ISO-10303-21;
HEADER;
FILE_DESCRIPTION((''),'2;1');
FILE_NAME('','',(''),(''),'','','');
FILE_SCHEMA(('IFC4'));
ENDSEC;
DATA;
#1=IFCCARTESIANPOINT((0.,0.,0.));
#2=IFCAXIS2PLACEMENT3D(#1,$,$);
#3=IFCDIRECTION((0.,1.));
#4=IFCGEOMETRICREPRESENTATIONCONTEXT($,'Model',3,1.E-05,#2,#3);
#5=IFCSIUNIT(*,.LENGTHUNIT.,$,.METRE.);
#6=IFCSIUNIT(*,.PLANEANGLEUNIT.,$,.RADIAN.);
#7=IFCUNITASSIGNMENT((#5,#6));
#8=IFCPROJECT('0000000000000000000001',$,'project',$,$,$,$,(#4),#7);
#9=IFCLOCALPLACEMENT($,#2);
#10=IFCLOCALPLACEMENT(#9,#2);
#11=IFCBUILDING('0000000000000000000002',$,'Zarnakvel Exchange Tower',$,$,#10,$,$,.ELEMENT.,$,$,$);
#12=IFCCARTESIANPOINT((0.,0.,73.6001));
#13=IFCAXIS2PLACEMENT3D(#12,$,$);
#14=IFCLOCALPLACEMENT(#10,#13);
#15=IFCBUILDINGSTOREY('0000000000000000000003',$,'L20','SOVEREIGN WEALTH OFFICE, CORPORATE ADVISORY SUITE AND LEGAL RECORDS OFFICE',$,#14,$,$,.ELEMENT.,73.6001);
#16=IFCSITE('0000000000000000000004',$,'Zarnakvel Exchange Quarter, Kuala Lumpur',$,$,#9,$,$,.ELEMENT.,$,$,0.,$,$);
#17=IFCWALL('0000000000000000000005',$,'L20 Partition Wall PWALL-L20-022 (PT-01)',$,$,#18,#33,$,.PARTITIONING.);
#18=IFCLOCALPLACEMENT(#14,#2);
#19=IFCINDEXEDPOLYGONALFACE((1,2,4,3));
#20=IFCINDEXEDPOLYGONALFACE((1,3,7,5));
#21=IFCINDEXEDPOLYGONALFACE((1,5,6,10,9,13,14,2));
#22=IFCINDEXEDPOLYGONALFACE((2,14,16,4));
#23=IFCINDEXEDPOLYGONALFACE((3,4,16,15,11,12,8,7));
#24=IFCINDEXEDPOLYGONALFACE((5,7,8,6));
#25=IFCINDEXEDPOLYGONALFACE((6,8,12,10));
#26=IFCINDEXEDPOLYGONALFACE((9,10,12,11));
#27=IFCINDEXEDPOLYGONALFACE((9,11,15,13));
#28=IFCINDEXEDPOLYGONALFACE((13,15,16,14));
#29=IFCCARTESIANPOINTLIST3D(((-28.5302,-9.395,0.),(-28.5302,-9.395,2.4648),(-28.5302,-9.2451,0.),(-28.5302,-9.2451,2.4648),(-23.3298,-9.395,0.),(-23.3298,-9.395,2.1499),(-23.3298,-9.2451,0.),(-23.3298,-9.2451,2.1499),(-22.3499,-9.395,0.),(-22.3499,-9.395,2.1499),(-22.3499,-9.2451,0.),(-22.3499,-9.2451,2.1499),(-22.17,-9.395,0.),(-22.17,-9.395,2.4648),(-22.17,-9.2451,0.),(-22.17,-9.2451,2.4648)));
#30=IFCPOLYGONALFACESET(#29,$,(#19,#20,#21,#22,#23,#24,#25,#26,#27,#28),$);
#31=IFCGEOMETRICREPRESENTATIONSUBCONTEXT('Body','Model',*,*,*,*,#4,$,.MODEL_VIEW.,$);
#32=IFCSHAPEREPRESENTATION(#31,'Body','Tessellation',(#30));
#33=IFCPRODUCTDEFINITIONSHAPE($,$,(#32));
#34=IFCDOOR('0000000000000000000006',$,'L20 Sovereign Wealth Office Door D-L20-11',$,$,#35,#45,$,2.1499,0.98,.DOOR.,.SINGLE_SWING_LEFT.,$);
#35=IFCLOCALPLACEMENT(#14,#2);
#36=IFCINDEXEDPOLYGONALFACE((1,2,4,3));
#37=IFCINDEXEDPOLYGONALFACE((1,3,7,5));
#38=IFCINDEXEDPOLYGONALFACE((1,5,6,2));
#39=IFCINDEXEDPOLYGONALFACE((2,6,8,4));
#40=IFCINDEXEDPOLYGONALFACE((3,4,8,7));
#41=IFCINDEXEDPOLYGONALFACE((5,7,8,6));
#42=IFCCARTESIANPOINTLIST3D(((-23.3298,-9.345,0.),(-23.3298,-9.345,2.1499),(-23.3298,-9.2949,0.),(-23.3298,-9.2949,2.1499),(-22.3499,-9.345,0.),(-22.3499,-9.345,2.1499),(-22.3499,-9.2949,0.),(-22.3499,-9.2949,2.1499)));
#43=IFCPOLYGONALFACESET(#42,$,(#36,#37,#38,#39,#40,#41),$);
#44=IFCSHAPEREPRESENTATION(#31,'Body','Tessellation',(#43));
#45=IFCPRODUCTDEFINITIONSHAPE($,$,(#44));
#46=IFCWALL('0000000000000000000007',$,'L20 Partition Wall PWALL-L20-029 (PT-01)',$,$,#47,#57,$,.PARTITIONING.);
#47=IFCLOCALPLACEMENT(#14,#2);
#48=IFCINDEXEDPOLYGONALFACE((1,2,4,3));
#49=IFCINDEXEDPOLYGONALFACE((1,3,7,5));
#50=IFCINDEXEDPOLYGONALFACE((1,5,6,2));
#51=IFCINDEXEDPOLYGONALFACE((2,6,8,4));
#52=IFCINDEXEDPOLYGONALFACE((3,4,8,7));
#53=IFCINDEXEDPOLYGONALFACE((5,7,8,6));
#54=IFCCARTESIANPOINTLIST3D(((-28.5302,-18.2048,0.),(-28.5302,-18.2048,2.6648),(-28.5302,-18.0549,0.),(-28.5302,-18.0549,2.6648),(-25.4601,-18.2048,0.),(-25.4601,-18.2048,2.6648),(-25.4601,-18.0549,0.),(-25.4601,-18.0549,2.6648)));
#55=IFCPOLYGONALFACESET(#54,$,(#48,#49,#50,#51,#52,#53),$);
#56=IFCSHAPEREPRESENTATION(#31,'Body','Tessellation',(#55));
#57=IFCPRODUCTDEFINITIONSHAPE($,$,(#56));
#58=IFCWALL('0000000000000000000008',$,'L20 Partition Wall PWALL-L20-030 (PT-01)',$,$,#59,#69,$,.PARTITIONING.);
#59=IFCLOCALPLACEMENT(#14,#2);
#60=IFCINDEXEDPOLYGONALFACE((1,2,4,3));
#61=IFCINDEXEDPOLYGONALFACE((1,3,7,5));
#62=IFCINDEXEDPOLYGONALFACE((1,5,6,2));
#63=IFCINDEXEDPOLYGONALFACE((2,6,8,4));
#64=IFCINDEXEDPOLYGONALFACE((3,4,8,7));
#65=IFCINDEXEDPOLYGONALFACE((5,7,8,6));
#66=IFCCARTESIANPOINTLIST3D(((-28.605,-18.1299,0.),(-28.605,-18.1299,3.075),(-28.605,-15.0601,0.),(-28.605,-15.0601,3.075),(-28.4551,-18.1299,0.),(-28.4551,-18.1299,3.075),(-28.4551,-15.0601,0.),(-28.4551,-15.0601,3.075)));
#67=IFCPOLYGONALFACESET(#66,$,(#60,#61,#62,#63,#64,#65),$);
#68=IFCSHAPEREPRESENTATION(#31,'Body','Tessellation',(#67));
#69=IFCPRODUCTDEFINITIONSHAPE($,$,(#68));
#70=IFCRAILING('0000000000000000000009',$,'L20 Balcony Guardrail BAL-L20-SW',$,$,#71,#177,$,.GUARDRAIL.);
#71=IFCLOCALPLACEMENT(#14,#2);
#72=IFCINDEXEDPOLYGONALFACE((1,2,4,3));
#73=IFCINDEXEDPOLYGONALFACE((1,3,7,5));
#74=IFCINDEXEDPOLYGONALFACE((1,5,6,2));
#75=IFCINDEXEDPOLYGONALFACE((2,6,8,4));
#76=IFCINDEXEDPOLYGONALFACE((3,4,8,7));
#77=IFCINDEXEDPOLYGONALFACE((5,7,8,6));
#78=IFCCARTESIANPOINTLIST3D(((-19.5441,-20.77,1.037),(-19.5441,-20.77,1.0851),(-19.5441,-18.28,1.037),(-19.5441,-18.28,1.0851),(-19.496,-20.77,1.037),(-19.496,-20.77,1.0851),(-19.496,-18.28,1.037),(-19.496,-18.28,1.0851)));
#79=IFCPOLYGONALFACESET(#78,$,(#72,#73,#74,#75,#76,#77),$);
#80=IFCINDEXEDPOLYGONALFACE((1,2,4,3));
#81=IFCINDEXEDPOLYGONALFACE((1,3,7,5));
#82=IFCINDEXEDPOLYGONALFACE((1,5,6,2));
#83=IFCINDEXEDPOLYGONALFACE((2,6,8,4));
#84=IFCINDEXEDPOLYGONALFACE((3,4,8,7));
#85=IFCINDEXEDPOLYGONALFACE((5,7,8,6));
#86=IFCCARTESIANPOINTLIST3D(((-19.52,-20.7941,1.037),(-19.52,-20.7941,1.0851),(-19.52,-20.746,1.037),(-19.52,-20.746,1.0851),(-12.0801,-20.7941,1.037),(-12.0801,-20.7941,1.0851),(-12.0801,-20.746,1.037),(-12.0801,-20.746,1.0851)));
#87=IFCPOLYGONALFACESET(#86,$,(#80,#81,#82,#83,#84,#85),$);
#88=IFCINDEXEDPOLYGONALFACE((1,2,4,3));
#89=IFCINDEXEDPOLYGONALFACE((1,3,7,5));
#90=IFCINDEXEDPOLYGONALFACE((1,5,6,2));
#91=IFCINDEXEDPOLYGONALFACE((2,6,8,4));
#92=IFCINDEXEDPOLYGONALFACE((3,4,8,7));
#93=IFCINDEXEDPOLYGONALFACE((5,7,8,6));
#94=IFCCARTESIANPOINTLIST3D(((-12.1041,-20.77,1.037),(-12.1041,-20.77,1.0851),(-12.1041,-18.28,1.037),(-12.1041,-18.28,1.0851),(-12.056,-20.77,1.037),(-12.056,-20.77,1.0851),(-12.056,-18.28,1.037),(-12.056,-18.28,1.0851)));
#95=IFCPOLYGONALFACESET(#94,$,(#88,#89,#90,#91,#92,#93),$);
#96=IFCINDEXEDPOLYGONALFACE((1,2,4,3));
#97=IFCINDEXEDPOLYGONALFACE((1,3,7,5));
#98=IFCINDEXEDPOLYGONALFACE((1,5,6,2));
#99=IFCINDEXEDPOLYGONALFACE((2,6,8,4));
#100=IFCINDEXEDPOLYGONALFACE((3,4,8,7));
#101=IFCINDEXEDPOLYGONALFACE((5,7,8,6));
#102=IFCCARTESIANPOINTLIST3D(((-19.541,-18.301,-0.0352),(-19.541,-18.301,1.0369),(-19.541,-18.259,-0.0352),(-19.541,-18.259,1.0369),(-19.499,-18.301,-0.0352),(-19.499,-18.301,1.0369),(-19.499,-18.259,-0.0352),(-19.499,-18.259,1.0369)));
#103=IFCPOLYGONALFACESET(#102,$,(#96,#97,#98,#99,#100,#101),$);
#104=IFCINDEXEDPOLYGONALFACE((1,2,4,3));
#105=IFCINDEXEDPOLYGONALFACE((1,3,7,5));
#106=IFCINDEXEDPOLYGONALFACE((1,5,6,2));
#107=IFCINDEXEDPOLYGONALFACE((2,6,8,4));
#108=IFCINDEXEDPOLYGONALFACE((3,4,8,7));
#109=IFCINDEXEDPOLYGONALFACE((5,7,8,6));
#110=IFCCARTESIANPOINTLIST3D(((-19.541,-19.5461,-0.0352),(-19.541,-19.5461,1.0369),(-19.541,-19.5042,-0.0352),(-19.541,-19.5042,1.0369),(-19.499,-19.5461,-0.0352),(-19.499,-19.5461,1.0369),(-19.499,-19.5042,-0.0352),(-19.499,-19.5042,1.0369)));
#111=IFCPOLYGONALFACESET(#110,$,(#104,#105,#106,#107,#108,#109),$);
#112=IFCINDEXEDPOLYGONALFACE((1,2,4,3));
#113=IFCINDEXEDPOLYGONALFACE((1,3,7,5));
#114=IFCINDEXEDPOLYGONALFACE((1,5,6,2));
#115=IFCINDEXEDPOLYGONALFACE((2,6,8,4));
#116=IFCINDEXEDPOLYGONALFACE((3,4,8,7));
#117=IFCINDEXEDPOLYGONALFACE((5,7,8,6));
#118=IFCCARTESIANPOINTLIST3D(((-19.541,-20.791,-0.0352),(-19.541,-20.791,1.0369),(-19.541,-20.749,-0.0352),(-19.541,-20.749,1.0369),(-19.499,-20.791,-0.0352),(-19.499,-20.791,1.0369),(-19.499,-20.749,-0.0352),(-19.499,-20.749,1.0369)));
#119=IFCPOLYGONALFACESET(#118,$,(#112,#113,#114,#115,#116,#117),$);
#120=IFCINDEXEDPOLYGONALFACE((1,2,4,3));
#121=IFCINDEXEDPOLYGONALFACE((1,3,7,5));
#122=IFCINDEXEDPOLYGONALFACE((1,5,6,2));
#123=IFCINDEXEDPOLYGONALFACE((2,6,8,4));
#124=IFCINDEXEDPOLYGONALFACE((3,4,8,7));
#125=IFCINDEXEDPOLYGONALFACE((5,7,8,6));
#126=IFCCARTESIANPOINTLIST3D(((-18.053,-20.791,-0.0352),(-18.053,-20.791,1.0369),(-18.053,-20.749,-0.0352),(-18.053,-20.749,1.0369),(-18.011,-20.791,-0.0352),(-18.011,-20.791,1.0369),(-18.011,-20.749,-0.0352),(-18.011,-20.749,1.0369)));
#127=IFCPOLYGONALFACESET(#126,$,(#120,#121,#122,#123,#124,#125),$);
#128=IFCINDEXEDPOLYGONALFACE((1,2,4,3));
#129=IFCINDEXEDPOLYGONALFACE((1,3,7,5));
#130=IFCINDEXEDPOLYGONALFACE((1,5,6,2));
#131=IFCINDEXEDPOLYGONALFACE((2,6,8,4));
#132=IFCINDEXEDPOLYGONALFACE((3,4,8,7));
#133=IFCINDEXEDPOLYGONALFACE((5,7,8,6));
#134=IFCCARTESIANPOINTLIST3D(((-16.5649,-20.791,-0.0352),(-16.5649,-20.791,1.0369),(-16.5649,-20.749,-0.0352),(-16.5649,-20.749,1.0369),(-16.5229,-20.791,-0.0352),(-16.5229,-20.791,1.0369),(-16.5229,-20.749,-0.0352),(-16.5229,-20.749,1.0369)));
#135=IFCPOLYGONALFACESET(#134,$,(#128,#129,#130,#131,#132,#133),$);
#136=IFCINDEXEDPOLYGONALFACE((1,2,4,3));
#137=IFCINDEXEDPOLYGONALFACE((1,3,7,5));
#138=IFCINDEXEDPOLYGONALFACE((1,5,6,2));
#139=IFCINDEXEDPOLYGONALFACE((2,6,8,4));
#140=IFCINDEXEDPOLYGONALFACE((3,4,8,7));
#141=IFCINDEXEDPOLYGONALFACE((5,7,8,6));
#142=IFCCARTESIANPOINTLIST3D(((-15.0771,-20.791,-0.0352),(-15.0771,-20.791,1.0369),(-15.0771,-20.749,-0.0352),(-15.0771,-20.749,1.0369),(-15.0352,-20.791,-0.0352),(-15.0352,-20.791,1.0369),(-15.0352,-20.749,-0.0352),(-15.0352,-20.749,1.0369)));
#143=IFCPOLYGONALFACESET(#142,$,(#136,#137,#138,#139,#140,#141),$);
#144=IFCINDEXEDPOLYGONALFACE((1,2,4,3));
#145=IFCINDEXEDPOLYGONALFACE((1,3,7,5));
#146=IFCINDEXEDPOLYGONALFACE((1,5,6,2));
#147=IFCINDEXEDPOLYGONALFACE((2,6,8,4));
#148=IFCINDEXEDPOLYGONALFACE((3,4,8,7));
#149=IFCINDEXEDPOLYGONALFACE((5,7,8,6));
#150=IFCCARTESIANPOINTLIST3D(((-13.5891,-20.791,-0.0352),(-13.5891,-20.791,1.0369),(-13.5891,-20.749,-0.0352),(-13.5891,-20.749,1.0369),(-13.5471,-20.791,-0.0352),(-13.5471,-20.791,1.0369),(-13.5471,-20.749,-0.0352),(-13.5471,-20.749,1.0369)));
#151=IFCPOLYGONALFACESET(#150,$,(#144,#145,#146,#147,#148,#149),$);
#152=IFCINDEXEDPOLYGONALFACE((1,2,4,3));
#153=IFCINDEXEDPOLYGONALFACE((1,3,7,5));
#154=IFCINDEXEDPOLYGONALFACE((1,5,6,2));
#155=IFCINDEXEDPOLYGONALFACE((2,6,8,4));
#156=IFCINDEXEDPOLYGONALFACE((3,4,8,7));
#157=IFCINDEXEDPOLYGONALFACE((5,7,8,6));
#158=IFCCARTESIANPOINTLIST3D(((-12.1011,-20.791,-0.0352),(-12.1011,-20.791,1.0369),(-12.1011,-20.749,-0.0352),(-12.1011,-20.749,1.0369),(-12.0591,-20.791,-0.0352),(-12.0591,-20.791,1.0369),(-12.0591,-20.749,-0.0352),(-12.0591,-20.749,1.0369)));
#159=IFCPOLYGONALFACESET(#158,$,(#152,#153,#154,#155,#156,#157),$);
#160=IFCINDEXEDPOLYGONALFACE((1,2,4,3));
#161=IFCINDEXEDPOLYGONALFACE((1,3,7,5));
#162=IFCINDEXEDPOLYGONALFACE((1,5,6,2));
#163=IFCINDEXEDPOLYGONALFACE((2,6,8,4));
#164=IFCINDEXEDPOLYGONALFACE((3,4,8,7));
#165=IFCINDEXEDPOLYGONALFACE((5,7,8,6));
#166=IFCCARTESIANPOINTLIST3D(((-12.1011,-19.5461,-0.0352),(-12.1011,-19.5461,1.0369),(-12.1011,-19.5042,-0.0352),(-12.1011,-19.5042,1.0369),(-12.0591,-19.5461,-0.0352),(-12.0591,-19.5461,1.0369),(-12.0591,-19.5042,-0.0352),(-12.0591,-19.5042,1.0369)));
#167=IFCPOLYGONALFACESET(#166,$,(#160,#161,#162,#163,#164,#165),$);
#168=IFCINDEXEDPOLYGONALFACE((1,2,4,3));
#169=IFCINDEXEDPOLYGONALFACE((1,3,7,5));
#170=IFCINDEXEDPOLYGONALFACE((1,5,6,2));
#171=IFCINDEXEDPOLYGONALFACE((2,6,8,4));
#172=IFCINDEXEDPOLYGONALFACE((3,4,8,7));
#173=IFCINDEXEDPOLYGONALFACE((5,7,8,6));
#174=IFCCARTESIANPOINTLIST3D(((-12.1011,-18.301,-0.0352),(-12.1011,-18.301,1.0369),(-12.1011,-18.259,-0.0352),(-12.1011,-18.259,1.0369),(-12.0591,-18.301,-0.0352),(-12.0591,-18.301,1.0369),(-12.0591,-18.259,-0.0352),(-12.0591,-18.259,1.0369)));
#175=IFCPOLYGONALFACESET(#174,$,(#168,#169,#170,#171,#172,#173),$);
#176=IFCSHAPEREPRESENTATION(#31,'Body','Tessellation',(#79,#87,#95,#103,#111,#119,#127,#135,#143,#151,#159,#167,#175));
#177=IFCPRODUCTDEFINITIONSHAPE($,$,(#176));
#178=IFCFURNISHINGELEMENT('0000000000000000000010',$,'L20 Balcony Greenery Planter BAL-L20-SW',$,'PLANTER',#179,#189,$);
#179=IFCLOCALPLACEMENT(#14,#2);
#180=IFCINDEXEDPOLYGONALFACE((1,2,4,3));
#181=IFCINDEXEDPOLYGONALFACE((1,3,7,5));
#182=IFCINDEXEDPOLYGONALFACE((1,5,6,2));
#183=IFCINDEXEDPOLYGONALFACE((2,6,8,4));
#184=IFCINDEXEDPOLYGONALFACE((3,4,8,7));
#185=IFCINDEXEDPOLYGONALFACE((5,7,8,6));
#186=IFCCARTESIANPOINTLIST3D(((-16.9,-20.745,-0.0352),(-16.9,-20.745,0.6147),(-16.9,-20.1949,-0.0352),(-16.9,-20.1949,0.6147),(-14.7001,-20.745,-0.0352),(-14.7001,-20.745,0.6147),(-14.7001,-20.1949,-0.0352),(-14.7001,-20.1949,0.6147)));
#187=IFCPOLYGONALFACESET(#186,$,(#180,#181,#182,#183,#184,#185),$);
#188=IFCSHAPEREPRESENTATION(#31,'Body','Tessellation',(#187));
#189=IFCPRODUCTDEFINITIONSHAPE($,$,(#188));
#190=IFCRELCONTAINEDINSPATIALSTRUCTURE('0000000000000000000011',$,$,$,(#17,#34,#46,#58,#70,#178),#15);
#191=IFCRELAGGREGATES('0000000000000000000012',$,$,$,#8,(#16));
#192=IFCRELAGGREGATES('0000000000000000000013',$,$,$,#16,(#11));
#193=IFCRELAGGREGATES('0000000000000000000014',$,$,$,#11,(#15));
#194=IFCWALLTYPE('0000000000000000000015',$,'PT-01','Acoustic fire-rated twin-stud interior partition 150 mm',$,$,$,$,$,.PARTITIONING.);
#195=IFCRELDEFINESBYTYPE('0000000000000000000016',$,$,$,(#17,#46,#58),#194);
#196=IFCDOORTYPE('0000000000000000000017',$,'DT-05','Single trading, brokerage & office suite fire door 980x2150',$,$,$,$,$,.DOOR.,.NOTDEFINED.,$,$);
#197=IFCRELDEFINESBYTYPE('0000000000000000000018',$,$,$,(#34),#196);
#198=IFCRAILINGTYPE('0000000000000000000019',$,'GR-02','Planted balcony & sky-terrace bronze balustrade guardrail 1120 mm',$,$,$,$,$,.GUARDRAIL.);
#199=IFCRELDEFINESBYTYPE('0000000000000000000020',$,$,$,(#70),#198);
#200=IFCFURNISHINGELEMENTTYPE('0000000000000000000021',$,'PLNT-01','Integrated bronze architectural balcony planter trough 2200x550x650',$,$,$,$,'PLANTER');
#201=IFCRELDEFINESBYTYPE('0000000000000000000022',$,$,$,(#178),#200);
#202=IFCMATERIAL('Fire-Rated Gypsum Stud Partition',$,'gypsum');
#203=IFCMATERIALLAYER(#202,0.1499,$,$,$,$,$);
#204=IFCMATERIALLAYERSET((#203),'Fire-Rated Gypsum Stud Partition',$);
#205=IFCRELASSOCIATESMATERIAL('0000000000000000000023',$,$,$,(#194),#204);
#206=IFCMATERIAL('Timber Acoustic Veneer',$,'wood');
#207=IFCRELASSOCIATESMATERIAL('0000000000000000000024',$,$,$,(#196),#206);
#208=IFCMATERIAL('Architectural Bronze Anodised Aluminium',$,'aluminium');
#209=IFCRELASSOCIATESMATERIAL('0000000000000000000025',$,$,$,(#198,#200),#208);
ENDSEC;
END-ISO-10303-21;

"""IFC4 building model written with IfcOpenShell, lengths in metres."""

from ifc_helpers import new_model, si_unit, direction, frame, frame_2d, origin, origin_2d, place, context, subcontext, project, spatial, rectangle, extrude, source, transform, mapped, material, layer, layer_set, type_object, element, fill, save


model = new_model("IFC4")

# Units and contexts
model_context = context("Model", 3, precision=1e-05, world=origin(), true_north=direction((0.0, 1.0)))
body_context = subcontext(model_context, "Body", "Model", "MODEL_VIEW")
ifc_project = project(units=[si_unit("LENGTHUNIT", "METRE"), si_unit("PLANEANGLEUNIT", "RADIAN")], contexts=[model_context])

# Site, building, storey
site_placement = place(None, origin())
site = spatial("IfcSite", under=ifc_project, at=site_placement, Name="Zarnakvel Exchange Quarter, Kuala Lumpur", CompositionType="ELEMENT", RefElevation=0.0)
building_placement = place(site_placement, origin())
building = spatial("IfcBuilding", under=site, at=building_placement, Name="Zarnakvel Exchange Tower", CompositionType="ELEMENT")
storey_placement = place(building_placement, frame((0.0, 0.0, 73.6001)))
storey = spatial("IfcBuildingStorey", under=building, at=storey_placement, Name="L20", Description="SOVEREIGN WEALTH OFFICE, CORPORATE ADVISORY SUITE AND LEGAL RECORDS OFFICE", CompositionType="ELEMENT", Elevation=73.6001)

# Wall, opening, door
ifc_material_1 = material(Name="Fire-Rated Gypsum Stud Partition", Category="gypsum")
ifc_layer_1 = layer(ifc_material_1, 0.1499)
ifc_layer_set_1 = layer_set([ifc_layer_1], Name="Fire-Rated Gypsum Stud Partition")
wall_type_1 = type_object("IfcWallType", Name="PT-01", Description="Acoustic fire-rated twin-stud interior partition 150 mm", PredefinedType="PARTITIONING", material=ifc_layer_set_1)
wall_1_placement = place(storey_placement, frame((-22.1699, -9.3201, 0.0), z_axis=(0.0, 0.0, 1.0), x_axis=(-1.0, 0.0, 0.0)))
wall_1 = element("IfcWall", 1, at=wall_1_placement, inside=storey, type_object=wall_type_1, Name="L20 Partition Wall PWALL-L20-022 (PT-01)", PredefinedType="PARTITIONING", context=body_context, shape_type="SweptSolid", body=[
    extrude(rectangle(XDim=6.3601, YDim=0.1499, at=frame_2d((3.1802, 0.0))), origin(), (0.0, 0.0, 1.0), 2.4648),
])
opening_placement = place(wall_1_placement, frame((0.1799, 0.0, 0.0)))
opening = element("IfcOpeningElement", 2, at=opening_placement, cuts=wall_1, PredefinedType="OPENING", context=body_context, shape_type="SweptSolid", body=[
    extrude(rectangle(XDim=0.98, YDim=2.1499, at=frame_2d((0.49, 1.075))), frame((0.0, 0.085, 0.0), z_axis=(0.0, -1.0, 0.0), x_axis=(1.0, 0.0, 0.0)), (0.0, 0.0, 1.0), 0.1699),
])
ifc_material_2 = material(Name="Timber Acoustic Veneer", Category="wood")
door_type = type_object("IfcDoorType", Name="DT-05", Description="Single trading, brokerage & office suite fire door 980x2150", OperationType="NOTDEFINED", PredefinedType="DOOR", material=ifc_material_2)
shared_shape_1 = source(origin(), body_context, "Body", "SweptSolid", [
    extrude(rectangle(XDim=0.98, YDim=2.1499, at=frame_2d((0.49, 1.075))), frame((0.0, 0.0249, 0.0), z_axis=(0.0, -1.0, 0.0), x_axis=(1.0, 0.0, 0.0)), (0.0, 0.0, 1.0), 0.05),
])
door_placement = place(opening_placement, origin())
door = element("IfcDoor", 3, at=door_placement, inside=storey, type_object=door_type, Name="L20 Sovereign Wealth Office Door D-L20-11", OperationType="SINGLE_SWING_LEFT", OverallHeight=2.1499, OverallWidth=0.98, PredefinedType="DOOR", context=body_context, shape_type="MappedRepresentation", body=[
    mapped(shared_shape_1, transform((0.0, 0.0, 0.0), x_axis=(1.0, 0.0, 0.0), y_axis=(0.0, 1.0, 0.0), z_axis=(0.0, 0.0, 1.0), scale=1.0)),
])
fill(opening, door)

# Walls
wall_2_placement = place(storey_placement, frame((-25.46, -18.1299, 0.0), z_axis=(0.0, 0.0, 1.0), x_axis=(-1.0, 0.0, 0.0)))
element("IfcWall", 4, at=wall_2_placement, inside=storey, type_object=wall_type_1, Name="L20 Partition Wall PWALL-L20-029 (PT-01)", PredefinedType="PARTITIONING", context=body_context, shape_type="SweptSolid", body=[
    extrude(rectangle(XDim=3.0701, YDim=0.1499, at=frame_2d((1.5352, 0.0))), origin(), (0.0, 0.0, 1.0), 2.6648),
])
wall_3_placement = place(storey_placement, frame((-28.53, -18.1299, 0.0), z_axis=(0.0, 0.0, 1.0), x_axis=(0.0, 1.0, 0.0)))
element("IfcWall", 5, at=wall_3_placement, inside=storey, type_object=wall_type_1, Name="L20 Partition Wall PWALL-L20-030 (PT-01)", PredefinedType="PARTITIONING", context=body_context, shape_type="SweptSolid", body=[
    extrude(rectangle(XDim=3.0698, YDim=0.1499, at=frame_2d((1.5349, 0.0))), origin(), (0.0, 0.0, 1.0), 3.075),
])

# Railing
ifc_material_3 = material(Name="Architectural Bronze Anodised Aluminium", Category="aluminium")
railing_type = type_object("IfcRailingType", Name="GR-02", Description="Planted balcony & sky-terrace bronze balustrade guardrail 1120 mm", PredefinedType="GUARDRAIL", material=ifc_material_3)
railing_placement = place(storey_placement, frame((-19.52, -18.28, -0.0352)))
element("IfcRailing", 6, at=railing_placement, inside=storey, type_object=railing_type, Name="L20 Balcony Guardrail BAL-L20-SW", PredefinedType="GUARDRAIL", context=body_context, shape_type="SweptSolid", body=[
    extrude(rectangle(XDim=0.0481, YDim=0.0481, at=origin_2d()), frame((0.0, 0.0, 1.0962), z_axis=(0.0, -1.0, 0.0), x_axis=(1.0, 0.0, 0.0)), (0.0, 0.0, 1.0), 2.49),
    extrude(rectangle(XDim=0.0481, YDim=0.0481, at=origin_2d()), frame((0.0, -2.49, 1.0962), z_axis=(1.0, 0.0, 0.0), x_axis=(0.0, 1.0, 0.0)), (0.0, 0.0, 1.0), 7.4399),
    extrude(rectangle(XDim=0.0481, YDim=0.0481, at=origin_2d()), frame((7.4399, -2.49, 1.0962), z_axis=(0.0, 1.0, 0.0), x_axis=(-1.0, 0.0, 0.0)), (0.0, 0.0, 1.0), 2.49),
    extrude(rectangle(XDim=0.042, YDim=0.042, at=origin_2d()), origin(), (0.0, 0.0, 1.0), 1.072),
    extrude(rectangle(XDim=0.042, YDim=0.042, at=origin_2d()), frame((0.0, -1.2451, 0.0)), (0.0, 0.0, 1.0), 1.072),
    extrude(rectangle(XDim=0.042, YDim=0.042, at=origin_2d()), frame((0.0, -2.49, 0.0)), (0.0, 0.0, 1.0), 1.072),
    extrude(rectangle(XDim=0.042, YDim=0.042, at=origin_2d()), frame((1.488, -2.49, 0.0)), (0.0, 0.0, 1.0), 1.072),
    extrude(rectangle(XDim=0.042, YDim=0.042, at=origin_2d()), frame((2.9761, -2.49, 0.0)), (0.0, 0.0, 1.0), 1.072),
    extrude(rectangle(XDim=0.042, YDim=0.042, at=origin_2d()), frame((4.4639, -2.49, 0.0)), (0.0, 0.0, 1.0), 1.072),
    extrude(rectangle(XDim=0.042, YDim=0.042, at=origin_2d()), frame((5.9519, -2.49, 0.0)), (0.0, 0.0, 1.0), 1.072),
    extrude(rectangle(XDim=0.042, YDim=0.042, at=origin_2d()), frame((7.4399, -2.49, 0.0)), (0.0, 0.0, 1.0), 1.072),
    extrude(rectangle(XDim=0.042, YDim=0.042, at=origin_2d()), frame((7.4399, -1.2451, 0.0)), (0.0, 0.0, 1.0), 1.072),
    extrude(rectangle(XDim=0.042, YDim=0.042, at=origin_2d()), frame((7.4399, 0.0, 0.0)), (0.0, 0.0, 1.0), 1.072),
])

# Furnishing element
furnishing_element_type = type_object("IfcFurnishingElementType", Name="PLNT-01", Description="Integrated bronze architectural balcony planter trough 2200x550x650", ElementType="PLANTER", material=ifc_material_3)
shared_shape_2 = source(origin(), body_context, "Body", "SweptSolid", [
    extrude(rectangle(XDim=2.2, YDim=0.55, at=origin_2d()), origin(), (0.0, 0.0, 1.0), 0.6499),
])
furnishing_placement = place(storey_placement, frame((-15.8, -20.47, -0.0352), z_axis=(0.0, 0.0, 1.0), x_axis=(1.0, 0.0, 0.0)))
element("IfcFurnishingElement", 7, at=furnishing_placement, inside=storey, type_object=furnishing_element_type, Name="L20 Balcony Greenery Planter BAL-L20-SW", ObjectType="PLANTER", context=body_context, shape_type="MappedRepresentation", body=[
    mapped(shared_shape_2, transform((0.0, 0.0, 0.0), x_axis=(1.0, 0.0, 0.0), y_axis=(0.0, 1.0, 0.0), z_axis=(0.0, 0.0, 1.0), scale=1.0)),
])

save(model, "model.ifc")
